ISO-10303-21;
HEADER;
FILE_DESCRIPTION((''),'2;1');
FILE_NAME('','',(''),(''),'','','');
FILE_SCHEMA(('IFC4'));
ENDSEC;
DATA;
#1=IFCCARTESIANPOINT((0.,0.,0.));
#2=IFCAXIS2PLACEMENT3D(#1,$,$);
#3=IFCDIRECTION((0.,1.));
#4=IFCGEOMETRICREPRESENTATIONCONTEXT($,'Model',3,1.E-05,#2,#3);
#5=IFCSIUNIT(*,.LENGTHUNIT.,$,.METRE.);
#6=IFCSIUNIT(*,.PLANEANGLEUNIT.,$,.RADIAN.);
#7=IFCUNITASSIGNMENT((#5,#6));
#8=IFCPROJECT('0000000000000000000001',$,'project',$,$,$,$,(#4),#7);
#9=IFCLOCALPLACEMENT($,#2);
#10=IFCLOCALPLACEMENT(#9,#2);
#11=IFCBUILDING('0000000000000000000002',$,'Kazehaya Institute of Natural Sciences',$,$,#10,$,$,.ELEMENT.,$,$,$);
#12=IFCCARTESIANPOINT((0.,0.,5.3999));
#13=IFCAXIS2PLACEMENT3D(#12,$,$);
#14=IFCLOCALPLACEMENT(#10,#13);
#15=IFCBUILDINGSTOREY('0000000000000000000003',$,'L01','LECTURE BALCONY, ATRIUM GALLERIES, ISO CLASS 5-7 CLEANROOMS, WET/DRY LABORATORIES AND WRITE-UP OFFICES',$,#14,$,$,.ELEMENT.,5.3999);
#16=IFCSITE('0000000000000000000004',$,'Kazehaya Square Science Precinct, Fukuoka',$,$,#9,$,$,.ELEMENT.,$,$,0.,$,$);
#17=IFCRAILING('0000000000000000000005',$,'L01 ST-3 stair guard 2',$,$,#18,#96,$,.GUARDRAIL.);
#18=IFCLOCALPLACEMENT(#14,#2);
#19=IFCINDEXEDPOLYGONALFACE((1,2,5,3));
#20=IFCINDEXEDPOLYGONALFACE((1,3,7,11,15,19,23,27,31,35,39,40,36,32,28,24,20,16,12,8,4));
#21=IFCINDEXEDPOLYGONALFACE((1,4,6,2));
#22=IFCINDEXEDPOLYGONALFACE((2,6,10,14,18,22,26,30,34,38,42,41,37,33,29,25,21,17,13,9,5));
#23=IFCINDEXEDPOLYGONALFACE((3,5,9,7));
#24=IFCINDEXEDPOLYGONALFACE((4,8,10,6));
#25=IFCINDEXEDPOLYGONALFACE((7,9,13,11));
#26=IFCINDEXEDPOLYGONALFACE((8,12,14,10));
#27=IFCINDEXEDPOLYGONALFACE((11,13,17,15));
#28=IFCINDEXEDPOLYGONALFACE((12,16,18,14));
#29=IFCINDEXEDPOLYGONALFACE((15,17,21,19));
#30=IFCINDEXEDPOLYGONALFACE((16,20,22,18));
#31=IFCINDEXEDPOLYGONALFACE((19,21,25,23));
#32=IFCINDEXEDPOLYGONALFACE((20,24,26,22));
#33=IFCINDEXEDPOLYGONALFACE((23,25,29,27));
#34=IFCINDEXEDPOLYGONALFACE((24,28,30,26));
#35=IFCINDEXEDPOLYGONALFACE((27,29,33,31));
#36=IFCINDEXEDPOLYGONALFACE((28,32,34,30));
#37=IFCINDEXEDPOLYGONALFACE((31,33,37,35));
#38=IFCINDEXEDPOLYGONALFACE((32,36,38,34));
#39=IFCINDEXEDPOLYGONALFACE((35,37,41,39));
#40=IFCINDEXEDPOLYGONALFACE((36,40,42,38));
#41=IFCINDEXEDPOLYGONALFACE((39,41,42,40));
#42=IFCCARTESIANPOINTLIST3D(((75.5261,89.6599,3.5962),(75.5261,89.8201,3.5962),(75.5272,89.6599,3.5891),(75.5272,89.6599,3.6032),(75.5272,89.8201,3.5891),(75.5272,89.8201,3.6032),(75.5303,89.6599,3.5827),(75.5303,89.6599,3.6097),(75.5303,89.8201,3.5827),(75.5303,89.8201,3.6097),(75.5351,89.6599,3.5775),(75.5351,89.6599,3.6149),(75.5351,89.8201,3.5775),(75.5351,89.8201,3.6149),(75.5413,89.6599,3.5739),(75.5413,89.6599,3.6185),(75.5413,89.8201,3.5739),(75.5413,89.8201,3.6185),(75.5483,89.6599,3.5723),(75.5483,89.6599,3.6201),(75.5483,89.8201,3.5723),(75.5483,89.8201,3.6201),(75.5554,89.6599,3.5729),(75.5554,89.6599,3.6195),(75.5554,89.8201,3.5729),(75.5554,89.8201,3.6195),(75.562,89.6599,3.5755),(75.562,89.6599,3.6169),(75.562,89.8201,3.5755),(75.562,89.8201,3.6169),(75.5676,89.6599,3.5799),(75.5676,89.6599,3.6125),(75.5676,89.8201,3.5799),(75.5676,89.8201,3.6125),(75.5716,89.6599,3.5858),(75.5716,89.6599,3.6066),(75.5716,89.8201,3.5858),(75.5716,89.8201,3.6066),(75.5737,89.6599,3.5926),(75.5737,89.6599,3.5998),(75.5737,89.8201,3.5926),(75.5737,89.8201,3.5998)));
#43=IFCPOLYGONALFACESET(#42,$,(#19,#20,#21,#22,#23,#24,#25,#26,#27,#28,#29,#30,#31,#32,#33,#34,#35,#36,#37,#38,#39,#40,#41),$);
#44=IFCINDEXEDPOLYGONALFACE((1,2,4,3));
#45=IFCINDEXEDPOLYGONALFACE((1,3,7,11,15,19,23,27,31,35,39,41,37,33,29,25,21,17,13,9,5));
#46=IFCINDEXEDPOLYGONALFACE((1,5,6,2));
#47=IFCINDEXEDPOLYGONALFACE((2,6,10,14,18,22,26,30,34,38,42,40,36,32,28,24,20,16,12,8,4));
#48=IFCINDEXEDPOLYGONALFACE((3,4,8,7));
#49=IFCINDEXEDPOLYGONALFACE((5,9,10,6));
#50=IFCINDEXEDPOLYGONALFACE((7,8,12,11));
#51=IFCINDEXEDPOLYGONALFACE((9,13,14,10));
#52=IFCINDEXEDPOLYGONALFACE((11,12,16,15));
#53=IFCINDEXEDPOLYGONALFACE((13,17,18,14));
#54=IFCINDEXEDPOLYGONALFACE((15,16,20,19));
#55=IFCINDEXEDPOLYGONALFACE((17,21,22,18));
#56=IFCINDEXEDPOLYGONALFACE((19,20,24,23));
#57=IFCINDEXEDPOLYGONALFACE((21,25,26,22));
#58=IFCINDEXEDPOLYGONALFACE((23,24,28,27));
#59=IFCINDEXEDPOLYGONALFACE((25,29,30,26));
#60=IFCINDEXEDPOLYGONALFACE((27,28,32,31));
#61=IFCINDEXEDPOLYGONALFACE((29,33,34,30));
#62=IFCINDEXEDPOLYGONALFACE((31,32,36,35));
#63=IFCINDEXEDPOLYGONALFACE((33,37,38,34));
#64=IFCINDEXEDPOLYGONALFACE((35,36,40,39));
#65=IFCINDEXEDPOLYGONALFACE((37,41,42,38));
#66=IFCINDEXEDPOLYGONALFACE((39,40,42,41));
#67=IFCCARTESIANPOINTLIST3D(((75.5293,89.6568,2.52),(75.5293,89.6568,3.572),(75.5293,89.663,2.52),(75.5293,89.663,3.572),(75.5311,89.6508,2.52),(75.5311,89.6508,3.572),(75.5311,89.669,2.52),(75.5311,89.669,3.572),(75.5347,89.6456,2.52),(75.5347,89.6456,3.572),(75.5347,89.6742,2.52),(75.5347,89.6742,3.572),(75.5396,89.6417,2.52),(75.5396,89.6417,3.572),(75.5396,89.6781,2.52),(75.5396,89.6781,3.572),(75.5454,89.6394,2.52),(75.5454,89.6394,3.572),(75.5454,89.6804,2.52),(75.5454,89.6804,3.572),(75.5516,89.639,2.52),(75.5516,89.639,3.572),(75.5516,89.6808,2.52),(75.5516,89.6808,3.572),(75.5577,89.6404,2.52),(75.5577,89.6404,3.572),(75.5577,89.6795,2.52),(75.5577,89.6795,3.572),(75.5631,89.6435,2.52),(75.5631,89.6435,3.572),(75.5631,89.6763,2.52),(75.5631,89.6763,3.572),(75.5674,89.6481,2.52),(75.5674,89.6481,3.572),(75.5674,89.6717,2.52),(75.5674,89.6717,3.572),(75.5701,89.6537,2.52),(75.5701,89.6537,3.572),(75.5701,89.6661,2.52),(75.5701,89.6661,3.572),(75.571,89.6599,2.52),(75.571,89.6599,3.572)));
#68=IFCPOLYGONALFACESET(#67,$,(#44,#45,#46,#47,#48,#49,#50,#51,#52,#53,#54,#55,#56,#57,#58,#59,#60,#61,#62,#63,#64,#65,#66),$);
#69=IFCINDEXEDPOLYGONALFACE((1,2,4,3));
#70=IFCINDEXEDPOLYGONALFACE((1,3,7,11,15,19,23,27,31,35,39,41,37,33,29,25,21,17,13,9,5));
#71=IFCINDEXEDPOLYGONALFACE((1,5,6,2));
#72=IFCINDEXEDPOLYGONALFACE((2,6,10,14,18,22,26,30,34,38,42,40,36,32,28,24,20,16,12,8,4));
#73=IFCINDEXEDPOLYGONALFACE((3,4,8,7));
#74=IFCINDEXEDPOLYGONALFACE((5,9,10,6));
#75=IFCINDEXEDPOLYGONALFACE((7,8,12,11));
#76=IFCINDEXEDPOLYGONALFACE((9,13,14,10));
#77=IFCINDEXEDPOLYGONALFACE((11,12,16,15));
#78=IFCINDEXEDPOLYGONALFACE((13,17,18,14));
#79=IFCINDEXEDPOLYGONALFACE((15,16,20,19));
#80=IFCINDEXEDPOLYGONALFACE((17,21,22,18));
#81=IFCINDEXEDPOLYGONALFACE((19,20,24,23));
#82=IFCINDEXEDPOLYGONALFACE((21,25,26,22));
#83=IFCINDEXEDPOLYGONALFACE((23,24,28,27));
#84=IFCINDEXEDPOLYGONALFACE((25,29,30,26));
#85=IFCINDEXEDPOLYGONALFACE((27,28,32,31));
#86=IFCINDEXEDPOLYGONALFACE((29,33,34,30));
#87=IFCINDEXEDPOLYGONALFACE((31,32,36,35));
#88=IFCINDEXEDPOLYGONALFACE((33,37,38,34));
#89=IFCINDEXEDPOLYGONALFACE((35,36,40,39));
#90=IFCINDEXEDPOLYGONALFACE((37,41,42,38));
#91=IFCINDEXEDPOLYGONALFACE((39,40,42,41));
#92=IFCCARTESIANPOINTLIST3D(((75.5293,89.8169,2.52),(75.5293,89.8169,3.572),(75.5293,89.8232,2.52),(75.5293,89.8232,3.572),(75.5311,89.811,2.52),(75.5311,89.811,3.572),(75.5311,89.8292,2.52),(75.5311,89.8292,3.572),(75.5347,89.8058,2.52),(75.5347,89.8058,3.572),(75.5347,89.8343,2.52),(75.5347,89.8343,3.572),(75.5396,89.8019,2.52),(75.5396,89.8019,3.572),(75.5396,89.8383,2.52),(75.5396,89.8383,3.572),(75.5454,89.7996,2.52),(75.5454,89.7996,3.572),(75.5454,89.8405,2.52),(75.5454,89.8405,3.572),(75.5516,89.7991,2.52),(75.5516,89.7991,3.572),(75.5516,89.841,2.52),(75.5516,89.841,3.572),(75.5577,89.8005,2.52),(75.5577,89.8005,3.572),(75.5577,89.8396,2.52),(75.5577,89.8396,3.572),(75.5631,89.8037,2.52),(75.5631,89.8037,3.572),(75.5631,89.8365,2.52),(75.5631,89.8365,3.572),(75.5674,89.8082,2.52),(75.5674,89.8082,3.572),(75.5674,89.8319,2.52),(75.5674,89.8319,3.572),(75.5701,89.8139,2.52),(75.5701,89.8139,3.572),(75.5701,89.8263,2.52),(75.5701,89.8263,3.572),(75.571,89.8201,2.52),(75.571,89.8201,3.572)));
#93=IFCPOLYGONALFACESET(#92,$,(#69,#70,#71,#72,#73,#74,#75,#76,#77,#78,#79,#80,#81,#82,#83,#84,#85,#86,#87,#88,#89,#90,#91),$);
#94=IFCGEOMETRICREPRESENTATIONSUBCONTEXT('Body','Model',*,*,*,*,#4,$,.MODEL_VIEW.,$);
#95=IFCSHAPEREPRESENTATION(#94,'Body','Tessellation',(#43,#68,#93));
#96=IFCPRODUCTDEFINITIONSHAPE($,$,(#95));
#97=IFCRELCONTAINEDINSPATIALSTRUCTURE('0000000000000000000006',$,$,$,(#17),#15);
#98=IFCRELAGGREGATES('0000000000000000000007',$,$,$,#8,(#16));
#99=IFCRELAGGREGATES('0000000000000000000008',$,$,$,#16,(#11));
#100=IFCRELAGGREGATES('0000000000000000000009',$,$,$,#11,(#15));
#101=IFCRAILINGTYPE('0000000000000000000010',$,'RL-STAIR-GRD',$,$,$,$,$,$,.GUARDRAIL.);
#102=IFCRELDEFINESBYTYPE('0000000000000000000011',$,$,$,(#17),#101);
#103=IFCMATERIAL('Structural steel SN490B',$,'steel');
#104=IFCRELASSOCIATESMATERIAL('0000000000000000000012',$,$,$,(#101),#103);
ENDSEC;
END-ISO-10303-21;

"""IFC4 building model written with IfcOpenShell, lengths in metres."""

from ifc_helpers import new_model, si_unit, direction, frame, origin, origin_2d, place, context, subcontext, project, spatial, circle, extrude, material, type_object, element, save


model = new_model("IFC4")

# Units and contexts
model_context = context("Model", 3, precision=1e-05, world=origin(), true_north=direction((0.0, 1.0)))
body_context = subcontext(model_context, "Body", "Model", "MODEL_VIEW")
ifc_project = project(units=[si_unit("LENGTHUNIT", "METRE"), si_unit("PLANEANGLEUNIT", "RADIAN")], contexts=[model_context])

# Site, building, storey
site_placement = place(None, origin())
site = spatial("IfcSite", under=ifc_project, at=site_placement, Name="Kazehaya Square Science Precinct, Fukuoka", CompositionType="ELEMENT", RefElevation=0.0)
building_placement = place(site_placement, origin())
building = spatial("IfcBuilding", under=site, at=building_placement, Name="Kazehaya Institute of Natural Sciences", CompositionType="ELEMENT")
storey_placement = place(building_placement, frame((0.0, 0.0, 5.3999)))
storey = spatial("IfcBuildingStorey", under=building, at=storey_placement, Name="L01", Description="LECTURE BALCONY, ATRIUM GALLERIES, ISO CLASS 5-7 CLEANROOMS, WET/DRY LABORATORIES AND WRITE-UP OFFICES", CompositionType="ELEMENT", Elevation=5.3999)

# Railing
ifc_material_1 = material(Name="Structural steel SN490B", Category="steel")
railing_type_1 = type_object("IfcRailingType", Name="RL-STAIR-GRD", PredefinedType="GUARDRAIL", material=ifc_material_1)
railing_1_placement = place(storey_placement, frame((75.55, 89.6599, 2.52)))
element("IfcRailing", 1, at=railing_1_placement, inside=storey, type_object=railing_type_1, Name="L01 ST-3 stair guard 2", PredefinedType="GUARDRAIL", context=body_context, shape_type="SweptSolid", body=[
    extrude(circle(Radius=0.0239, at=origin_2d()), frame((0.0, 0.0, 1.0762), z_axis=(0.0, 1.0, 0.0), x_axis=(-1.0, 0.0, 0.0)), (0.0, 0.0, 1.0), 0.1602),
    extrude(circle(Radius=0.021, at=origin_2d()), origin(), (0.0, 0.0, 1.0), 1.052),
    extrude(circle(Radius=0.021, at=origin_2d()), frame((0.0, 0.1602, 0.0)), (0.0, 0.0, 1.0), 1.052),
])

save(model, "model.ifc")
